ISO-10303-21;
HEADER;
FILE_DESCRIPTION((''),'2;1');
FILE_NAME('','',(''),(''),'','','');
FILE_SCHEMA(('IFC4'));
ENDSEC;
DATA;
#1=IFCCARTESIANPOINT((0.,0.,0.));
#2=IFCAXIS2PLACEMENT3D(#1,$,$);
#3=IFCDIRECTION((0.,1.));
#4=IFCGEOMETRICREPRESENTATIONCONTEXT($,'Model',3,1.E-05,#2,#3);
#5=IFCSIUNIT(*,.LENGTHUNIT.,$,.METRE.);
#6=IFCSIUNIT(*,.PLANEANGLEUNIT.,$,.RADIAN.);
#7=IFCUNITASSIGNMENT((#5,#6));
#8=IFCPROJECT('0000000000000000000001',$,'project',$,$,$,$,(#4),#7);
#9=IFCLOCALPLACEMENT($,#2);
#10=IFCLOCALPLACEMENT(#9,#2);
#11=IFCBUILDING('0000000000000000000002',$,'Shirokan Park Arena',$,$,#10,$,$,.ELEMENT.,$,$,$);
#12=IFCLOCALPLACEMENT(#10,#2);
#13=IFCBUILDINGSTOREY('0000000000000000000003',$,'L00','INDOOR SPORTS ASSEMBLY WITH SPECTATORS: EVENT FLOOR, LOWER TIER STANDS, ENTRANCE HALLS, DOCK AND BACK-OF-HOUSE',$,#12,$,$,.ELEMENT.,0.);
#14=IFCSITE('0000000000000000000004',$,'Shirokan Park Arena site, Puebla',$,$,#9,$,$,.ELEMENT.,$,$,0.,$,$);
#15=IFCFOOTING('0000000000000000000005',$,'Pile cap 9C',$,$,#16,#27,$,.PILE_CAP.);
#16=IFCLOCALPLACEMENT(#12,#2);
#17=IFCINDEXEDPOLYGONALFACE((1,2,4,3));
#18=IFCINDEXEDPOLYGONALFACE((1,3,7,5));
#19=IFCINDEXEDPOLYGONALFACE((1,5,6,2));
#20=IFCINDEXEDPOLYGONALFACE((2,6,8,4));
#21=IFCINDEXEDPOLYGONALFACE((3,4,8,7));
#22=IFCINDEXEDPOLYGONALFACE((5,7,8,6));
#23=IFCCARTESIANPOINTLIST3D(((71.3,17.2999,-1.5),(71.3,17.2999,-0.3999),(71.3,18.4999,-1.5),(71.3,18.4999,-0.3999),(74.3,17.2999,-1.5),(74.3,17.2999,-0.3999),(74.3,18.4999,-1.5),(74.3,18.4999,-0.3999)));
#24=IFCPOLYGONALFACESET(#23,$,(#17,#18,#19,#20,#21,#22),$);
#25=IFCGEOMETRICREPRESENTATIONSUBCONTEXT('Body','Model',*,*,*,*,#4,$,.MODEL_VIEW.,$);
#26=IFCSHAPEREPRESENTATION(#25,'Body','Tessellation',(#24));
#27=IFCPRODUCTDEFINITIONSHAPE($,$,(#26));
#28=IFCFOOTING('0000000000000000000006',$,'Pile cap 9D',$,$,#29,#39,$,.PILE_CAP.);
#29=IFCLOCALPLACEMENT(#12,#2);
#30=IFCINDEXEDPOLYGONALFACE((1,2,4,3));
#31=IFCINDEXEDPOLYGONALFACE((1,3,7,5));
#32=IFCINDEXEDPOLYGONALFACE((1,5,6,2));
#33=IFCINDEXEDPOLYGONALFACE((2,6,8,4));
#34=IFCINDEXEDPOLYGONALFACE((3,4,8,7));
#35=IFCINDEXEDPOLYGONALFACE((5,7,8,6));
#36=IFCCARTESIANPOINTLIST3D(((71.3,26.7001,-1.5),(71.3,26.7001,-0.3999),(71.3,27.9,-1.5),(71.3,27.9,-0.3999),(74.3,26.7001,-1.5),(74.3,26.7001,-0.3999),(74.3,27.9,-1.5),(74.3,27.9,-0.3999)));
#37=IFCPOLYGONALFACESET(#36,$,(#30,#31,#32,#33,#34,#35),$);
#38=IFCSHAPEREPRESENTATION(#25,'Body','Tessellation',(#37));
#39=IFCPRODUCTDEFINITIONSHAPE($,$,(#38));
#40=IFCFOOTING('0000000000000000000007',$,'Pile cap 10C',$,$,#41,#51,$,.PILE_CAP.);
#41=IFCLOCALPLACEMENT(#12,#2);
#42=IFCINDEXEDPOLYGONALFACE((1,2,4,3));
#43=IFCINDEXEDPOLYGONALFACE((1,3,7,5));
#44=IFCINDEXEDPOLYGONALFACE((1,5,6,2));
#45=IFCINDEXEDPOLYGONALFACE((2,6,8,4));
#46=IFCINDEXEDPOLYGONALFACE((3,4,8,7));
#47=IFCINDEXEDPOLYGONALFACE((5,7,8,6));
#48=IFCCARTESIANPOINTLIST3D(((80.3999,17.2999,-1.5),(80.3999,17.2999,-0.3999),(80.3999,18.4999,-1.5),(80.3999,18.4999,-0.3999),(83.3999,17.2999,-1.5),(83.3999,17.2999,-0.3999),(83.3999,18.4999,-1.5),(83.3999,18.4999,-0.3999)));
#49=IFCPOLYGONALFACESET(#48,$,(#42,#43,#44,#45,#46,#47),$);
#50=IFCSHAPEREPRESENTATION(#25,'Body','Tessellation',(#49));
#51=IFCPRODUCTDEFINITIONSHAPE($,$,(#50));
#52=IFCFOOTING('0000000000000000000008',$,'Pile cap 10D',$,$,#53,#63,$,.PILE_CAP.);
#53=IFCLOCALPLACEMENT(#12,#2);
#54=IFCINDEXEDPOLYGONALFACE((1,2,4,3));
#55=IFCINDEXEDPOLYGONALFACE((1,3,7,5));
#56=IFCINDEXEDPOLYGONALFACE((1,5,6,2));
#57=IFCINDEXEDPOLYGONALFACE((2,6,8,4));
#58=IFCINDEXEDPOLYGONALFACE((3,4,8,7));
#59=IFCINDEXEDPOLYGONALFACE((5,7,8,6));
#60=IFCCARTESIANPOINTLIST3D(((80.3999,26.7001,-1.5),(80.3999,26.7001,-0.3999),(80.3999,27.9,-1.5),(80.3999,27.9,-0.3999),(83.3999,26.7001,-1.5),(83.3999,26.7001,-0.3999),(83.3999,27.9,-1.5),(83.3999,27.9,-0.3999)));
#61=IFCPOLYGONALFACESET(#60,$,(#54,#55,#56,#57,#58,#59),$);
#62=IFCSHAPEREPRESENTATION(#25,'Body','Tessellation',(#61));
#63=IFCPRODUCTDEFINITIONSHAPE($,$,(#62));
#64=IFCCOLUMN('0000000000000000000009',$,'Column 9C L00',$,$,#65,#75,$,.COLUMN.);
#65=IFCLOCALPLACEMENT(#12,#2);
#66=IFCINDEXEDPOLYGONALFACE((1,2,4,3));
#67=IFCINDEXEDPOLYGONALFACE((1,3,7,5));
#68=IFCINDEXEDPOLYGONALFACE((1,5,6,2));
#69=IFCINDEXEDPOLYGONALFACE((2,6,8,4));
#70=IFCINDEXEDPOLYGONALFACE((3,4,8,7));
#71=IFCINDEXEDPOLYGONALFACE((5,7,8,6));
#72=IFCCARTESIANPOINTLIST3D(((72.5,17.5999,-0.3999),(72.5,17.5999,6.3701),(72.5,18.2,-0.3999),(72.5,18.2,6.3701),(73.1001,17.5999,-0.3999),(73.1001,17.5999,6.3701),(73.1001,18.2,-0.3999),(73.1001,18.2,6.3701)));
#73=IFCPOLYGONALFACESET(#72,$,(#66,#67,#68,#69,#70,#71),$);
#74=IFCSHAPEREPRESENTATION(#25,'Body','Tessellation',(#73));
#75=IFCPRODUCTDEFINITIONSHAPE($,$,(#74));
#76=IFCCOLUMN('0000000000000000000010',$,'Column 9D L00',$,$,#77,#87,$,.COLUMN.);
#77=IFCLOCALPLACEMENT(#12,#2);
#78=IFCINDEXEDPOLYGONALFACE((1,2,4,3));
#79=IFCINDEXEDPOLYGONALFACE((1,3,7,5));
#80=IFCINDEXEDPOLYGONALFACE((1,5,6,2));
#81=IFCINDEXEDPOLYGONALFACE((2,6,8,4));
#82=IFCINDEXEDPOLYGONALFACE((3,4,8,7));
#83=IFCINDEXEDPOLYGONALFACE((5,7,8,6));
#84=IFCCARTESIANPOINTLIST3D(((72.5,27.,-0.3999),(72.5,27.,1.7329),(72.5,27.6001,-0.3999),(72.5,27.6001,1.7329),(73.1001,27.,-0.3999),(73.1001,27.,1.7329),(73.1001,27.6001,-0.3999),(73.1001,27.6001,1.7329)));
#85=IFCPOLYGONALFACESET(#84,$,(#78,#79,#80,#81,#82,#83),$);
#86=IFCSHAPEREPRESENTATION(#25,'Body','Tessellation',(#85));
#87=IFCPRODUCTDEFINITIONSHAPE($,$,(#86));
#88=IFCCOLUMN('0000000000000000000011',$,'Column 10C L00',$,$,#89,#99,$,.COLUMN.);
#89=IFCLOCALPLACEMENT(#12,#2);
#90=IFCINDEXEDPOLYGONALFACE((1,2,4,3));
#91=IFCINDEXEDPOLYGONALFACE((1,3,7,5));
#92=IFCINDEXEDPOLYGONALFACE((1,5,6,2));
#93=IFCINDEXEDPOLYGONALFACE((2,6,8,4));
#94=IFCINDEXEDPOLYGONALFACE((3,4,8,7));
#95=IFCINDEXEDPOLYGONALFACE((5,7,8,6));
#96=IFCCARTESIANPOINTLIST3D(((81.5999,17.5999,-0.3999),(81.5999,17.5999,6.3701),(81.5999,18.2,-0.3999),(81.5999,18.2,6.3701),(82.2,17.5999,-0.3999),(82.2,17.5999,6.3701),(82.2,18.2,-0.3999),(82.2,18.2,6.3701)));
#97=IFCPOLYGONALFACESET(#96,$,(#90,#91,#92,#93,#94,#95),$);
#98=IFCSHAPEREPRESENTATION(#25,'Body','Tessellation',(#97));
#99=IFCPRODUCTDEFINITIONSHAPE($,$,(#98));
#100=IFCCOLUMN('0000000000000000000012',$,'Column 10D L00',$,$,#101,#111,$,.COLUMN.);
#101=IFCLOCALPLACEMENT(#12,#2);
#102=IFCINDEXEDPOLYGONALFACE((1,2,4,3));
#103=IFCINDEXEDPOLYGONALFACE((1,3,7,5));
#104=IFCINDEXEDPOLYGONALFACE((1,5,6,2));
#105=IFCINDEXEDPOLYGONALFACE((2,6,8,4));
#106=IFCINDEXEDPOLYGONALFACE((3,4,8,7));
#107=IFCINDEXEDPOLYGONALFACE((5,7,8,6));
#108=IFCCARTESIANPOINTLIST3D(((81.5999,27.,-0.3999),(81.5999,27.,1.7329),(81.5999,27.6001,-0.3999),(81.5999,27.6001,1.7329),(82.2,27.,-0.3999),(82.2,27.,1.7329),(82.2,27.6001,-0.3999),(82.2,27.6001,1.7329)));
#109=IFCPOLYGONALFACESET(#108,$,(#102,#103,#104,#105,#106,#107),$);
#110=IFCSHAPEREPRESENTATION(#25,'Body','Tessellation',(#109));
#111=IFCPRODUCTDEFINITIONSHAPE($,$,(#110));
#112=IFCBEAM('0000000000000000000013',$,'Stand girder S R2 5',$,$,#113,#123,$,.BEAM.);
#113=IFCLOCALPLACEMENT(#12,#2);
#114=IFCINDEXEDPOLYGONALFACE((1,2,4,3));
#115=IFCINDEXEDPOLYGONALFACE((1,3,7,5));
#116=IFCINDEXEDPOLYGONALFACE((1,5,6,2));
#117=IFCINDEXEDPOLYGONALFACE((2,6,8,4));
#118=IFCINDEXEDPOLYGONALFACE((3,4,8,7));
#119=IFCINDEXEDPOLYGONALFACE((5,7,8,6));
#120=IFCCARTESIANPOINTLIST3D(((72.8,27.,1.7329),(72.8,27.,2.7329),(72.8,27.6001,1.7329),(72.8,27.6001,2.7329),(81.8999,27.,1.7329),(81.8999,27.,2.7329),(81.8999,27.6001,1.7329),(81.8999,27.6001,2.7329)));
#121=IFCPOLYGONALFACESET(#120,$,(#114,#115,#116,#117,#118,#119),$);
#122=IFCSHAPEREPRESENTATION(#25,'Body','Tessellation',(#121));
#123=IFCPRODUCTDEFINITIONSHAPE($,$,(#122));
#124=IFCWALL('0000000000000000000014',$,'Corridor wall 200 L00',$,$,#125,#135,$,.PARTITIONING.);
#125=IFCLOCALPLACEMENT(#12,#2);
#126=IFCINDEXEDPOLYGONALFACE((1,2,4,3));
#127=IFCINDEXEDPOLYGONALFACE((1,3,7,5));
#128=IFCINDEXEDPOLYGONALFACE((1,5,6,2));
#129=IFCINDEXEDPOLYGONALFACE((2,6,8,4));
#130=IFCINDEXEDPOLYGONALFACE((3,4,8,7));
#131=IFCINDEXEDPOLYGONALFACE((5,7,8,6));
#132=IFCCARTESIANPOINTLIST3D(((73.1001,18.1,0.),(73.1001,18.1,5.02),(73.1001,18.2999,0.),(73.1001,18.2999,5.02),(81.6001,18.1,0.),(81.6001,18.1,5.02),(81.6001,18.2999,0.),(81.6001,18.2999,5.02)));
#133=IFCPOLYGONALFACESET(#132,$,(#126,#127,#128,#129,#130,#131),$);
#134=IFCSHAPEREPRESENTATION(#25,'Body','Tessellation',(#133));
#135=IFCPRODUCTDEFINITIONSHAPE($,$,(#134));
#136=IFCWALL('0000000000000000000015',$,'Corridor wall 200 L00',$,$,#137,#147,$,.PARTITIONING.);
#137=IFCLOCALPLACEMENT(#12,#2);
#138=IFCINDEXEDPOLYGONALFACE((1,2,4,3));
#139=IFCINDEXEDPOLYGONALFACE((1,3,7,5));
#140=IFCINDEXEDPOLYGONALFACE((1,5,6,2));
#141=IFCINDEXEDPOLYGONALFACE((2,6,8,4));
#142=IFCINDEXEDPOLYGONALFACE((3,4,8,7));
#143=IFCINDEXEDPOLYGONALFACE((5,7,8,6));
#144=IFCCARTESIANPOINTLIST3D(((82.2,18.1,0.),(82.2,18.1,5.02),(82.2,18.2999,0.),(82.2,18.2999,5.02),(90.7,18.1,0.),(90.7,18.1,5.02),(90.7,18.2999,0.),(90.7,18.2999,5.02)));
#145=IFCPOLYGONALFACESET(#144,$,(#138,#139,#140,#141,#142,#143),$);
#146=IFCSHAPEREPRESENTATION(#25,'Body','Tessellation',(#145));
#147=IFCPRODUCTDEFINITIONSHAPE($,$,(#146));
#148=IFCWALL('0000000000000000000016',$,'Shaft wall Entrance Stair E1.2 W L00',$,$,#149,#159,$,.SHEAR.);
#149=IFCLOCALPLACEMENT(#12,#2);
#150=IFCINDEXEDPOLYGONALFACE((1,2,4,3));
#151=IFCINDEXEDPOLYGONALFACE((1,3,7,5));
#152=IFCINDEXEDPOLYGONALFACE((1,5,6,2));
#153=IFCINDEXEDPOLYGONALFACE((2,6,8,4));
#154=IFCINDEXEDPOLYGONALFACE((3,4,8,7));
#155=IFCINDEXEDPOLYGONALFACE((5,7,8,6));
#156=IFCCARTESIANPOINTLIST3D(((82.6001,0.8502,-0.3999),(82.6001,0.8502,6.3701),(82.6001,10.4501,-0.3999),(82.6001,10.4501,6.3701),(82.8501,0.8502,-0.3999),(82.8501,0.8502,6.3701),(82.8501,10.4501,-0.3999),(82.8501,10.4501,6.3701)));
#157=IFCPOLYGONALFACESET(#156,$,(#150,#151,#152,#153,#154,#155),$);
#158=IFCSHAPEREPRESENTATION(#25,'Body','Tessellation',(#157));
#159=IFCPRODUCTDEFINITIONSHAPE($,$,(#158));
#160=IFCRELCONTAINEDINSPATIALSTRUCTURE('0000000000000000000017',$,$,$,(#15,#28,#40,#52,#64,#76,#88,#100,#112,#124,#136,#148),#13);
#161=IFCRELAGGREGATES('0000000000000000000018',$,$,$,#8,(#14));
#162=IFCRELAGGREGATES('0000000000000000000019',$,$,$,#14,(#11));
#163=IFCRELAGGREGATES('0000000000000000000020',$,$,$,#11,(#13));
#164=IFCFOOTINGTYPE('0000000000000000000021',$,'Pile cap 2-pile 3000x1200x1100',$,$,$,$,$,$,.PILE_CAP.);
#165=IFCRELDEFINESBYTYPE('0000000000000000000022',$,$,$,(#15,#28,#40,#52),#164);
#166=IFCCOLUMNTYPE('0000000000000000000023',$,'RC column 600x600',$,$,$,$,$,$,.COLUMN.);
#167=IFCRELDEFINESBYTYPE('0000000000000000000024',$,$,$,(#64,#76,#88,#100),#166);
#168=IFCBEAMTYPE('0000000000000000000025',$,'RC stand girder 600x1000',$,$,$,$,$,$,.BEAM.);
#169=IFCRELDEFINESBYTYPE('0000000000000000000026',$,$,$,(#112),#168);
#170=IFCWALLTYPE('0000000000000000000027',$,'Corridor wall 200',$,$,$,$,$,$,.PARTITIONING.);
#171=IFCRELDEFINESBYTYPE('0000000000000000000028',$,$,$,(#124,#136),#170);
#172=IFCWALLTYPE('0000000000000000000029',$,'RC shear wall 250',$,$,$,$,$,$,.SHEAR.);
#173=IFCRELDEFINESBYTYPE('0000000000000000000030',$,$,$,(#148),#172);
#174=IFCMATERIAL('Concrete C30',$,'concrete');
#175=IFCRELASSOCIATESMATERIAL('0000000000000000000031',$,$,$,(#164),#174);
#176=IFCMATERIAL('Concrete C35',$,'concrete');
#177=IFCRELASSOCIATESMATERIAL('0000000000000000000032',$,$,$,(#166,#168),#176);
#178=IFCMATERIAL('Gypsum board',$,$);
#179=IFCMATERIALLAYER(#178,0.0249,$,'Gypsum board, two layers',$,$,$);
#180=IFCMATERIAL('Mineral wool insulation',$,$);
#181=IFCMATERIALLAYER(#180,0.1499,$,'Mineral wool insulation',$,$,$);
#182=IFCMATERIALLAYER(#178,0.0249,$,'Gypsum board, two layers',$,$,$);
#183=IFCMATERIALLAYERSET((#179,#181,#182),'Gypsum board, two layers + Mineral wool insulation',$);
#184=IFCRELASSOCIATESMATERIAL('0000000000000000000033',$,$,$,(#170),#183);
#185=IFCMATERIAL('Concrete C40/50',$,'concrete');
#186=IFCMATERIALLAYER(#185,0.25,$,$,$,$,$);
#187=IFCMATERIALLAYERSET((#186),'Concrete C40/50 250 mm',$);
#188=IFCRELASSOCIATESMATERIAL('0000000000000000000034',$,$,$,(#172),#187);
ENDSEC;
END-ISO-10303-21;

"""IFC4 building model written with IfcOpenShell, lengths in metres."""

from ifc_helpers import new_model, si_unit, direction, frame, frame_2d, origin, origin_2d, place, context, subcontext, project, spatial, rectangle, extrude, material, layer, layer_set, material_profile, profile_set, type_object, element, save


model = new_model("IFC4")

# Units and contexts
model_context = context("Model", 3, precision=1e-05, world=origin(), true_north=direction((0.0, 1.0)))
body_context = subcontext(model_context, "Body", "Model", "MODEL_VIEW")
ifc_project = project(units=[si_unit("LENGTHUNIT", "METRE"), si_unit("PLANEANGLEUNIT", "RADIAN")], contexts=[model_context])

# Site, building, storey
site_placement = place(None, origin())
site = spatial("IfcSite", under=ifc_project, at=site_placement, Name="Shirokan Park Arena site, Puebla", CompositionType="ELEMENT", RefElevation=0.0)
building_placement = place(site_placement, origin())
building = spatial("IfcBuilding", under=site, at=building_placement, Name="Shirokan Park Arena", CompositionType="ELEMENT")
storey_placement = place(building_placement, origin())
storey = spatial("IfcBuildingStorey", under=building, at=storey_placement, Name="L00", Description="INDOOR SPORTS ASSEMBLY WITH SPECTATORS: EVENT FLOOR, LOWER TIER STANDS, ENTRANCE HALLS, DOCK AND BACK-OF-HOUSE", CompositionType="ELEMENT", Elevation=0.0)

# Shared definitions
ifc_material_1 = material(Name="Concrete C30", Category="concrete")

# Footings
footing_type = type_object("IfcFootingType", Name="Pile cap 2-pile 3000x1200x1100", PredefinedType="PILE_CAP", material=ifc_material_1)
for number, where, z_axis, x_axis, name in (
    (1, (72.8, 17.8999, -1.5), (0.0, 0.0, 1.0), (1.0, 0.0, 0.0), "Pile cap 9C"),
    (2, (72.8, 27.3, -1.5), (0.0, 0.0, 1.0), (1.0, 0.0, 0.0), "Pile cap 9D"),
    (3, (81.8999, 17.8999, -1.5), (0.0, 0.0, 1.0), (1.0, 0.0, 0.0), "Pile cap 10C"),
    (4, (81.8999, 27.3, -1.5), (0.0, 0.0, 1.0), (1.0, 0.0, 0.0), "Pile cap 10D"),
):
    element("IfcFooting", number, at=place(storey_placement, frame(where, z_axis=z_axis, x_axis=x_axis)), inside=storey, type_object=footing_type, Name=name, PredefinedType="PILE_CAP", context=body_context, shape_type="SweptSolid", body=[
        extrude(rectangle(XDim=3.0, YDim=1.2, at=origin_2d()), origin(), (0.0, 0.0, 1.0), 1.1001),
    ])

# Columns
ifc_material_2 = material(Name="Concrete C35", Category="concrete")
ifc_material_profile_1 = material_profile(ifc_material_2, rectangle(XDim=0.6001, YDim=0.6001, at=origin_2d()), Name="600x600")
ifc_profile_set_1 = profile_set([ifc_material_profile_1], Name="Concrete C35")
column_type = type_object("IfcColumnType", Name="RC column 600x600", PredefinedType="COLUMN", material=ifc_profile_set_1)
column_1_placement = place(storey_placement, frame((72.8, 17.8999, -0.3999), z_axis=(0.0, 0.0, 1.0), x_axis=(1.0, 0.0, 0.0)))
element("IfcColumn", 5, at=column_1_placement, inside=storey, type_object=column_type, Name="Column 9C L00", PredefinedType="COLUMN", context=body_context, shape_type="SweptSolid", body=[
    extrude(rectangle(XDim=0.6001, YDim=0.6001, at=origin_2d()), origin(), (0.0, 0.0, 1.0), 6.77),
])
column_2_placement = place(storey_placement, frame((72.8, 27.3, -0.3999), z_axis=(0.0, 0.0, 1.0), x_axis=(1.0, 0.0, 0.0)))
element("IfcColumn", 6, at=column_2_placement, inside=storey, type_object=column_type, Name="Column 9D L00", PredefinedType="COLUMN", context=body_context, shape_type="SweptSolid", body=[
    extrude(rectangle(XDim=0.6001, YDim=0.6001, at=origin_2d()), origin(), (0.0, 0.0, 1.0), 2.1328),
])
column_3_placement = place(storey_placement, frame((81.8999, 17.8999, -0.3999), z_axis=(0.0, 0.0, 1.0), x_axis=(1.0, 0.0, 0.0)))
element("IfcColumn", 7, at=column_3_placement, inside=storey, type_object=column_type, Name="Column 10C L00", PredefinedType="COLUMN", context=body_context, shape_type="SweptSolid", body=[
    extrude(rectangle(XDim=0.6001, YDim=0.6001, at=origin_2d()), origin(), (0.0, 0.0, 1.0), 6.77),
])
column_4_placement = place(storey_placement, frame((81.8999, 27.3, -0.3999), z_axis=(0.0, 0.0, 1.0), x_axis=(1.0, 0.0, 0.0)))
element("IfcColumn", 8, at=column_4_placement, inside=storey, type_object=column_type, Name="Column 10D L00", PredefinedType="COLUMN", context=body_context, shape_type="SweptSolid", body=[
    extrude(rectangle(XDim=0.6001, YDim=0.6001, at=origin_2d()), origin(), (0.0, 0.0, 1.0), 2.1328),
])

# Beam
ifc_material_profile_2 = material_profile(ifc_material_2, rectangle(XDim=0.6001, YDim=1.0, at=origin_2d()), Name="600x1000")
ifc_profile_set_2 = profile_set([ifc_material_profile_2], Name="Concrete C35")
beam_type = type_object("IfcBeamType", Name="RC stand girder 600x1000", PredefinedType="BEAM", material=ifc_profile_set_2)
beam_placement = place(storey_placement, frame((72.8, 27.3, 2.2329), z_axis=(1.0, 0.0, 0.0), x_axis=(0.0, 1.0, 0.0)))
element("IfcBeam", 9, at=beam_placement, inside=storey, type_object=beam_type, Name="Stand girder S R2 5", PredefinedType="BEAM", context=body_context, shape_type="SweptSolid", body=[
    extrude(rectangle(XDim=0.6001, YDim=1.0, at=origin_2d()), origin(), (0.0, 0.0, 1.0), 9.0999),
])

# Walls
ifc_material_3 = material(Name="Gypsum board")
ifc_layer_1 = layer(ifc_material_3, 0.0249, Name="Gypsum board, two layers")
ifc_material_4 = material(Name="Mineral wool insulation")
ifc_layer_2 = layer(ifc_material_4, 0.1499, Name="Mineral wool insulation")
ifc_layer_3 = layer(ifc_material_3, 0.0249, Name="Gypsum board, two layers")
ifc_layer_set_1 = layer_set([ifc_layer_1, ifc_layer_2, ifc_layer_3], Name="Gypsum board, two layers + Mineral wool insulation")
wall_type_1 = type_object("IfcWallType", Name="Corridor wall 200", PredefinedType="PARTITIONING", material=ifc_layer_set_1)
for number, where, z_axis, x_axis, name in (
    (10, (73.1001, 18.2, 0.0), (0.0, 0.0, 1.0), (1.0, 0.0, 0.0), "Corridor wall 200 L00"),
    (11, (82.2, 18.2, 0.0), (0.0, 0.0, 1.0), (1.0, 0.0, 0.0), "Corridor wall 200 L00"),
):
    element("IfcWall", number, at=place(storey_placement, frame(where, z_axis=z_axis, x_axis=x_axis)), inside=storey, type_object=wall_type_1, Name=name, PredefinedType="PARTITIONING", context=body_context, shape_type="SweptSolid", body=[
        extrude(rectangle(XDim=8.5, YDim=0.2, at=frame_2d((4.25, 0.0))), origin(), (0.0, 0.0, 1.0), 5.02),
    ])

# Wall
ifc_material_5 = material(Name="Concrete C40/50", Category="concrete")
ifc_layer_4 = layer(ifc_material_5, 0.25)
ifc_layer_set_2 = layer_set([ifc_layer_4], Name="Concrete C40/50 250 mm")
wall_type_2 = type_object("IfcWallType", Name="RC shear wall 250", PredefinedType="SHEAR", material=ifc_layer_set_2)
wall_1_placement = place(storey_placement, frame((82.7251, 10.45, -0.3999), z_axis=(0.0, 0.0, 1.0), x_axis=(0.0, -1.0, 0.0)))
element("IfcWall", 12, at=wall_1_placement, inside=storey, type_object=wall_type_2, Name="Shaft wall Entrance Stair E1.2 W L00", PredefinedType="SHEAR", context=body_context, shape_type="SweptSolid", body=[
    extrude(rectangle(XDim=9.5999, YDim=0.25, at=frame_2d((4.7998, 0.0))), origin(), (0.0, 0.0, 1.0), 6.77),
])

save(model, "model.ifc")
